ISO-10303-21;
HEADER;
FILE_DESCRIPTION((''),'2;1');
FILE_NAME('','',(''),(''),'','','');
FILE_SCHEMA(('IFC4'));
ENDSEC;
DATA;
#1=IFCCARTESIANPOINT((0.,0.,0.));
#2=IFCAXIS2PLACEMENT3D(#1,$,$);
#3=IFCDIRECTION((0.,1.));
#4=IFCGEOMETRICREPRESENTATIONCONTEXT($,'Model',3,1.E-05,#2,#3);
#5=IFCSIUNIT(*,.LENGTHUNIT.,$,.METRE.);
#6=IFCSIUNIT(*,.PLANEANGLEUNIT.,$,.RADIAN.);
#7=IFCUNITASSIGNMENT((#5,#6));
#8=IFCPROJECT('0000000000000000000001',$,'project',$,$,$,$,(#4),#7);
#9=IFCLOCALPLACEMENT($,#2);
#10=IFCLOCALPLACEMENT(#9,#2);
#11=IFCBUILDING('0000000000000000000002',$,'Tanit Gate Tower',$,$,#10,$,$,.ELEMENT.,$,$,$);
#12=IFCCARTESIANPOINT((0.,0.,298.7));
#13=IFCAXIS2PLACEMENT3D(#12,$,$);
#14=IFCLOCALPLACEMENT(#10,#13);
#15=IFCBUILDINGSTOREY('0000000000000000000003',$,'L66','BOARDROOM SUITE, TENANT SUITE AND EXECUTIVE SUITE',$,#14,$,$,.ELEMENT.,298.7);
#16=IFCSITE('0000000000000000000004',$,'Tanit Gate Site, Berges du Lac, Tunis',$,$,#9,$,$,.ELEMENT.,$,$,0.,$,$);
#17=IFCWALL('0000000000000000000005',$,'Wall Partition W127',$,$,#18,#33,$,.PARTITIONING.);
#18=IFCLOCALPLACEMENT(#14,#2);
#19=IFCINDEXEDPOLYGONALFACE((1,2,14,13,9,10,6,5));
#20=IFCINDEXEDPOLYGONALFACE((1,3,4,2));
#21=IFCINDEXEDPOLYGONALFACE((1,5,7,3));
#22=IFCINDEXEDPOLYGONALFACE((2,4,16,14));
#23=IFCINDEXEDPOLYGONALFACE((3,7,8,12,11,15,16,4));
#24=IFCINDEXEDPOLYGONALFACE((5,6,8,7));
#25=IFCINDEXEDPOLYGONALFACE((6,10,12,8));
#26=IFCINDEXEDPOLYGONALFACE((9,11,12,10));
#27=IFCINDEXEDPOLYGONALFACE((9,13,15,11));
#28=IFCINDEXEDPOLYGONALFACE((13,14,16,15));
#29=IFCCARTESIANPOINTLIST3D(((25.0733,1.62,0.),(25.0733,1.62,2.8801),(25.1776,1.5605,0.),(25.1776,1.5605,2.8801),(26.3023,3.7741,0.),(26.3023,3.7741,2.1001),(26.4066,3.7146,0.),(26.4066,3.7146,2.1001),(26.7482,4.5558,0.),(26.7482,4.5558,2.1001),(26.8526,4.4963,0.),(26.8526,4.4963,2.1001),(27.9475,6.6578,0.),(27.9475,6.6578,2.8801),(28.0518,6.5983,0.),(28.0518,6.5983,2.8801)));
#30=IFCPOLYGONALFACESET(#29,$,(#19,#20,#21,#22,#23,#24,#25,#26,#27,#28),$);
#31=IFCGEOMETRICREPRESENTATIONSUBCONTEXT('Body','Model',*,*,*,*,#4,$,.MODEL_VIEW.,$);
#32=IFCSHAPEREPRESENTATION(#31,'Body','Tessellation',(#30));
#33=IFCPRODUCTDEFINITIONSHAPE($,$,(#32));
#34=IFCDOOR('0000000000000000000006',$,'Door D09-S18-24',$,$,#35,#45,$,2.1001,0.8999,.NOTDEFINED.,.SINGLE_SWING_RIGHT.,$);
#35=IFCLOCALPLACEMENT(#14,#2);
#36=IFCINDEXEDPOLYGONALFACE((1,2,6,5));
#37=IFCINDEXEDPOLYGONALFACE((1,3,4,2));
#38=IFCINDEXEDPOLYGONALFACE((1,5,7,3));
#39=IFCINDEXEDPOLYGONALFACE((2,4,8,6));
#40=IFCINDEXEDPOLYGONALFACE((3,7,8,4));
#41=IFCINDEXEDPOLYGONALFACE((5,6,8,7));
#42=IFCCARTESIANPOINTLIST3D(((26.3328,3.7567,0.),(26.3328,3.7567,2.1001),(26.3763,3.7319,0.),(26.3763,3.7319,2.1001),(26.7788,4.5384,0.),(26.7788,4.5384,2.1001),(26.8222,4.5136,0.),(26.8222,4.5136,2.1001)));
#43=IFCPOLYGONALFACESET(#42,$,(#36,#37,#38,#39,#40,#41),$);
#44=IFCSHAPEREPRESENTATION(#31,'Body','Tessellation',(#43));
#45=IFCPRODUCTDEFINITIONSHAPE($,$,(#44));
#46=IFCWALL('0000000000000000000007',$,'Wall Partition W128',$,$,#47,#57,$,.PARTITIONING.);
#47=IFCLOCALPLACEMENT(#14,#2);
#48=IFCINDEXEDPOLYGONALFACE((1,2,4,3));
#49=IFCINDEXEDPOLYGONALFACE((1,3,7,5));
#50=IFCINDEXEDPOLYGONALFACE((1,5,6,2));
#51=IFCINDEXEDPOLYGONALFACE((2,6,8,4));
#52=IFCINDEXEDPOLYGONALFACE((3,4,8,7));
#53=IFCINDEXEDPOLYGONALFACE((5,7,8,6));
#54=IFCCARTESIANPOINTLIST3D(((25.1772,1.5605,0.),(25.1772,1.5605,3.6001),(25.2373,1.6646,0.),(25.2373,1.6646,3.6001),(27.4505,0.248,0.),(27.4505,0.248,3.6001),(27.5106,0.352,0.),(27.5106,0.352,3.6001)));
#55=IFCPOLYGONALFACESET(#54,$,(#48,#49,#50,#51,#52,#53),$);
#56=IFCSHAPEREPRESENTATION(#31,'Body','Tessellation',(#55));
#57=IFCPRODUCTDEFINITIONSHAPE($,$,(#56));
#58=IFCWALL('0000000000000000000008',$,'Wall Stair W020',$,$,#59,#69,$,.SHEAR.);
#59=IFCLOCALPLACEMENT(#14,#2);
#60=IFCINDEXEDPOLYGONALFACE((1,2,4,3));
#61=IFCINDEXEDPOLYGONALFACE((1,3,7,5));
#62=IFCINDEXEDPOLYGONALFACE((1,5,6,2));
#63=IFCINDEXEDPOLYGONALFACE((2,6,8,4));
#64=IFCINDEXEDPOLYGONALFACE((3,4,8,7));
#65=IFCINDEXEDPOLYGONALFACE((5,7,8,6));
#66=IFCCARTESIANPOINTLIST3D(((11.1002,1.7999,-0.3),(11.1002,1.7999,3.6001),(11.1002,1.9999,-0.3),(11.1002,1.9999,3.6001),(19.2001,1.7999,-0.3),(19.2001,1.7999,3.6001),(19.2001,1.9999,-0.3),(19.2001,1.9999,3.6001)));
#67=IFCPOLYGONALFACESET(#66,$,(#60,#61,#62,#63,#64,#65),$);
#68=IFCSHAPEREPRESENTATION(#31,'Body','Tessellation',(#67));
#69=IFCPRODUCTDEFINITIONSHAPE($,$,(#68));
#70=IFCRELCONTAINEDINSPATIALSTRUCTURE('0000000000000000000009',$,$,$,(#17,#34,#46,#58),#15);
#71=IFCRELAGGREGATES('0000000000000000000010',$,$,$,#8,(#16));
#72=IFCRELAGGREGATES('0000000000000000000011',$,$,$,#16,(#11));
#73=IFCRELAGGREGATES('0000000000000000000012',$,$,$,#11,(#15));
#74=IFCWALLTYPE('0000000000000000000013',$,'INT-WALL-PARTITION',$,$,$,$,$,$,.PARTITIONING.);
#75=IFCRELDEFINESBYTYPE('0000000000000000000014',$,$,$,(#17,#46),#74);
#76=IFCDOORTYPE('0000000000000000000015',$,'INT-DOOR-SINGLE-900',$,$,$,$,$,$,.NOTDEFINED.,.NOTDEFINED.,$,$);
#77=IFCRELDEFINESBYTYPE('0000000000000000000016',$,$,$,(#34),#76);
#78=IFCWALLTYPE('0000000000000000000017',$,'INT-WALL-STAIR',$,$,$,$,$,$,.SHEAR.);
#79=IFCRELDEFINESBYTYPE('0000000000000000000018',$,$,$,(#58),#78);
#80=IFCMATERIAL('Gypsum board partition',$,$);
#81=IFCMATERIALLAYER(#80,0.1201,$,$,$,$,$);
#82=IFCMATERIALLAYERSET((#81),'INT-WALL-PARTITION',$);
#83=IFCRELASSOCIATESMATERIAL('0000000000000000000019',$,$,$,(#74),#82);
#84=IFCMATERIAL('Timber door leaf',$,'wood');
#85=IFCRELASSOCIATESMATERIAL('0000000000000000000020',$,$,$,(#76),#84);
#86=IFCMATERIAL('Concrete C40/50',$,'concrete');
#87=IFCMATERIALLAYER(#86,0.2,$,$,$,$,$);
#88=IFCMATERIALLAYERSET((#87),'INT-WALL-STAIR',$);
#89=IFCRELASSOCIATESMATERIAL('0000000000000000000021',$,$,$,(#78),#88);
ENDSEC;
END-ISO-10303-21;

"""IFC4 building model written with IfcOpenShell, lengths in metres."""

from ifc_helpers import new_model, si_unit, direction, frame, frame_2d, origin, place, context, subcontext, project, spatial, rectangle, extrude, material, layer, layer_set, type_object, element, fill, save


model = new_model("IFC4")

# Units and contexts
model_context = context("Model", 3, precision=1e-05, world=origin(), true_north=direction((0.0, 1.0)))
body_context = subcontext(model_context, "Body", "Model", "MODEL_VIEW")
ifc_project = project(units=[si_unit("LENGTHUNIT", "METRE"), si_unit("PLANEANGLEUNIT", "RADIAN")], contexts=[model_context])

# Site, building, storey
site_placement = place(None, origin())
site = spatial("IfcSite", under=ifc_project, at=site_placement, Name="Tanit Gate Site, Berges du Lac, Tunis", CompositionType="ELEMENT", RefElevation=0.0)
building_placement = place(site_placement, origin())
building = spatial("IfcBuilding", under=site, at=building_placement, Name="Tanit Gate Tower", CompositionType="ELEMENT")
storey_placement = place(building_placement, frame((0.0, 0.0, 298.7)))
storey = spatial("IfcBuildingStorey", under=building, at=storey_placement, Name="L66", Description="BOARDROOM SUITE, TENANT SUITE AND EXECUTIVE SUITE", CompositionType="ELEMENT", Elevation=298.7)

# Shared definitions
ifc_material_1 = material(Name="Gypsum board partition")
ifc_layer_1 = layer(ifc_material_1, 0.1201)
ifc_layer_set_1 = layer_set([ifc_layer_1], Name="INT-WALL-PARTITION")
wall_type_1 = type_object("IfcWallType", Name="INT-WALL-PARTITION", PredefinedType="PARTITIONING", material=ifc_layer_set_1)

# Shared definitions
ifc_material_2 = material(Name="Timber door leaf", Category="wood")
door_type_1 = type_object("IfcDoorType", Name="INT-DOOR-SINGLE-900", OperationType="NOTDEFINED", PredefinedType="NOTDEFINED", material=ifc_material_2)

# Wall, opening, door
wall_1_placement = place(storey_placement, frame((25.1255, 1.5903, 0.0), z_axis=(0.0, 0.0, 1.0), x_axis=(0.495554, 0.868577, 0.0)))
wall_1 = element("IfcWall", 1, at=wall_1_placement, inside=storey, type_object=wall_type_1, Name="Wall Partition W127", PredefinedType="PARTITIONING", context=body_context, shape_type="SweptSolid", body=[
    extrude(rectangle(XDim=5.8, YDim=0.1201, at=frame_2d((2.8999, 0.0))), origin(), (0.0, 0.0, 1.0), 2.8801),
])
opening_1_placement = place(wall_1_placement, frame((2.48, 0.0, 0.0)))
opening_1 = element("IfcOpeningElement", 2, at=opening_1_placement, cuts=wall_1, PredefinedType="OPENING", context=body_context, shape_type="SweptSolid", body=[
    extrude(rectangle(XDim=0.8999, YDim=2.1001, at=frame_2d((0.45, 1.05))), frame((0.0, 0.0701, 0.0), z_axis=(0.0, -1.0, 0.0), x_axis=(1.0, 0.0, 0.0)), (0.0, 0.0, 1.0), 0.1401),
])
door_1_placement = place(opening_1_placement, origin())
door_1 = element("IfcDoor", 3, at=door_1_placement, inside=storey, type_object=door_type_1, Name="Door D09-S18-24", OperationType="SINGLE_SWING_RIGHT", OverallHeight=2.1001, OverallWidth=0.8999, PredefinedType="NOTDEFINED", context=body_context, shape_type="SweptSolid", body=[
    extrude(rectangle(XDim=0.8999, YDim=2.1001, at=frame_2d((0.45, 1.05))), frame((0.0, 0.0249, 0.0), z_axis=(0.0, -1.0, 0.0), x_axis=(1.0, 0.0, 0.0)), (0.0, 0.0, 1.0), 0.05),
])
fill(opening_1, door_1)

# Walls
wall_2_placement = place(storey_placement, frame((25.2073, 1.6125, 0.0), z_axis=(0.0, 0.0, 1.0), x_axis=(0.866014, -0.50002, 0.0)))
element("IfcWall", 4, at=wall_2_placement, inside=storey, type_object=wall_type_1, Name="Wall Partition W128", PredefinedType="PARTITIONING", context=body_context, shape_type="SweptSolid", body=[
    extrude(rectangle(XDim=2.625, YDim=0.1201, at=frame_2d((1.3125, 0.0))), origin(), (0.0, 0.0, 1.0), 3.6001),
])
ifc_material_3 = material(Name="Concrete C40/50", Category="concrete")
ifc_layer_2 = layer(ifc_material_3, 0.2)
ifc_layer_set_2 = layer_set([ifc_layer_2], Name="INT-WALL-STAIR")
wall_type_2 = type_object("IfcWallType", Name="INT-WALL-STAIR", PredefinedType="SHEAR", material=ifc_layer_set_2)
wall_3_placement = place(storey_placement, frame((19.2, 1.8999, -0.3), z_axis=(0.0, 0.0, 1.0), x_axis=(-1.0, 0.0, 0.0)))
element("IfcWall", 5, at=wall_3_placement, inside=storey, type_object=wall_type_2, Name="Wall Stair W020", PredefinedType="SHEAR", context=body_context, shape_type="SweptSolid", body=[
    extrude(rectangle(XDim=8.0999, YDim=0.2, at=frame_2d((4.0498, 0.0))), origin(), (0.0, 0.0, 1.0), 3.9001),
])

save(model, "model.ifc")
